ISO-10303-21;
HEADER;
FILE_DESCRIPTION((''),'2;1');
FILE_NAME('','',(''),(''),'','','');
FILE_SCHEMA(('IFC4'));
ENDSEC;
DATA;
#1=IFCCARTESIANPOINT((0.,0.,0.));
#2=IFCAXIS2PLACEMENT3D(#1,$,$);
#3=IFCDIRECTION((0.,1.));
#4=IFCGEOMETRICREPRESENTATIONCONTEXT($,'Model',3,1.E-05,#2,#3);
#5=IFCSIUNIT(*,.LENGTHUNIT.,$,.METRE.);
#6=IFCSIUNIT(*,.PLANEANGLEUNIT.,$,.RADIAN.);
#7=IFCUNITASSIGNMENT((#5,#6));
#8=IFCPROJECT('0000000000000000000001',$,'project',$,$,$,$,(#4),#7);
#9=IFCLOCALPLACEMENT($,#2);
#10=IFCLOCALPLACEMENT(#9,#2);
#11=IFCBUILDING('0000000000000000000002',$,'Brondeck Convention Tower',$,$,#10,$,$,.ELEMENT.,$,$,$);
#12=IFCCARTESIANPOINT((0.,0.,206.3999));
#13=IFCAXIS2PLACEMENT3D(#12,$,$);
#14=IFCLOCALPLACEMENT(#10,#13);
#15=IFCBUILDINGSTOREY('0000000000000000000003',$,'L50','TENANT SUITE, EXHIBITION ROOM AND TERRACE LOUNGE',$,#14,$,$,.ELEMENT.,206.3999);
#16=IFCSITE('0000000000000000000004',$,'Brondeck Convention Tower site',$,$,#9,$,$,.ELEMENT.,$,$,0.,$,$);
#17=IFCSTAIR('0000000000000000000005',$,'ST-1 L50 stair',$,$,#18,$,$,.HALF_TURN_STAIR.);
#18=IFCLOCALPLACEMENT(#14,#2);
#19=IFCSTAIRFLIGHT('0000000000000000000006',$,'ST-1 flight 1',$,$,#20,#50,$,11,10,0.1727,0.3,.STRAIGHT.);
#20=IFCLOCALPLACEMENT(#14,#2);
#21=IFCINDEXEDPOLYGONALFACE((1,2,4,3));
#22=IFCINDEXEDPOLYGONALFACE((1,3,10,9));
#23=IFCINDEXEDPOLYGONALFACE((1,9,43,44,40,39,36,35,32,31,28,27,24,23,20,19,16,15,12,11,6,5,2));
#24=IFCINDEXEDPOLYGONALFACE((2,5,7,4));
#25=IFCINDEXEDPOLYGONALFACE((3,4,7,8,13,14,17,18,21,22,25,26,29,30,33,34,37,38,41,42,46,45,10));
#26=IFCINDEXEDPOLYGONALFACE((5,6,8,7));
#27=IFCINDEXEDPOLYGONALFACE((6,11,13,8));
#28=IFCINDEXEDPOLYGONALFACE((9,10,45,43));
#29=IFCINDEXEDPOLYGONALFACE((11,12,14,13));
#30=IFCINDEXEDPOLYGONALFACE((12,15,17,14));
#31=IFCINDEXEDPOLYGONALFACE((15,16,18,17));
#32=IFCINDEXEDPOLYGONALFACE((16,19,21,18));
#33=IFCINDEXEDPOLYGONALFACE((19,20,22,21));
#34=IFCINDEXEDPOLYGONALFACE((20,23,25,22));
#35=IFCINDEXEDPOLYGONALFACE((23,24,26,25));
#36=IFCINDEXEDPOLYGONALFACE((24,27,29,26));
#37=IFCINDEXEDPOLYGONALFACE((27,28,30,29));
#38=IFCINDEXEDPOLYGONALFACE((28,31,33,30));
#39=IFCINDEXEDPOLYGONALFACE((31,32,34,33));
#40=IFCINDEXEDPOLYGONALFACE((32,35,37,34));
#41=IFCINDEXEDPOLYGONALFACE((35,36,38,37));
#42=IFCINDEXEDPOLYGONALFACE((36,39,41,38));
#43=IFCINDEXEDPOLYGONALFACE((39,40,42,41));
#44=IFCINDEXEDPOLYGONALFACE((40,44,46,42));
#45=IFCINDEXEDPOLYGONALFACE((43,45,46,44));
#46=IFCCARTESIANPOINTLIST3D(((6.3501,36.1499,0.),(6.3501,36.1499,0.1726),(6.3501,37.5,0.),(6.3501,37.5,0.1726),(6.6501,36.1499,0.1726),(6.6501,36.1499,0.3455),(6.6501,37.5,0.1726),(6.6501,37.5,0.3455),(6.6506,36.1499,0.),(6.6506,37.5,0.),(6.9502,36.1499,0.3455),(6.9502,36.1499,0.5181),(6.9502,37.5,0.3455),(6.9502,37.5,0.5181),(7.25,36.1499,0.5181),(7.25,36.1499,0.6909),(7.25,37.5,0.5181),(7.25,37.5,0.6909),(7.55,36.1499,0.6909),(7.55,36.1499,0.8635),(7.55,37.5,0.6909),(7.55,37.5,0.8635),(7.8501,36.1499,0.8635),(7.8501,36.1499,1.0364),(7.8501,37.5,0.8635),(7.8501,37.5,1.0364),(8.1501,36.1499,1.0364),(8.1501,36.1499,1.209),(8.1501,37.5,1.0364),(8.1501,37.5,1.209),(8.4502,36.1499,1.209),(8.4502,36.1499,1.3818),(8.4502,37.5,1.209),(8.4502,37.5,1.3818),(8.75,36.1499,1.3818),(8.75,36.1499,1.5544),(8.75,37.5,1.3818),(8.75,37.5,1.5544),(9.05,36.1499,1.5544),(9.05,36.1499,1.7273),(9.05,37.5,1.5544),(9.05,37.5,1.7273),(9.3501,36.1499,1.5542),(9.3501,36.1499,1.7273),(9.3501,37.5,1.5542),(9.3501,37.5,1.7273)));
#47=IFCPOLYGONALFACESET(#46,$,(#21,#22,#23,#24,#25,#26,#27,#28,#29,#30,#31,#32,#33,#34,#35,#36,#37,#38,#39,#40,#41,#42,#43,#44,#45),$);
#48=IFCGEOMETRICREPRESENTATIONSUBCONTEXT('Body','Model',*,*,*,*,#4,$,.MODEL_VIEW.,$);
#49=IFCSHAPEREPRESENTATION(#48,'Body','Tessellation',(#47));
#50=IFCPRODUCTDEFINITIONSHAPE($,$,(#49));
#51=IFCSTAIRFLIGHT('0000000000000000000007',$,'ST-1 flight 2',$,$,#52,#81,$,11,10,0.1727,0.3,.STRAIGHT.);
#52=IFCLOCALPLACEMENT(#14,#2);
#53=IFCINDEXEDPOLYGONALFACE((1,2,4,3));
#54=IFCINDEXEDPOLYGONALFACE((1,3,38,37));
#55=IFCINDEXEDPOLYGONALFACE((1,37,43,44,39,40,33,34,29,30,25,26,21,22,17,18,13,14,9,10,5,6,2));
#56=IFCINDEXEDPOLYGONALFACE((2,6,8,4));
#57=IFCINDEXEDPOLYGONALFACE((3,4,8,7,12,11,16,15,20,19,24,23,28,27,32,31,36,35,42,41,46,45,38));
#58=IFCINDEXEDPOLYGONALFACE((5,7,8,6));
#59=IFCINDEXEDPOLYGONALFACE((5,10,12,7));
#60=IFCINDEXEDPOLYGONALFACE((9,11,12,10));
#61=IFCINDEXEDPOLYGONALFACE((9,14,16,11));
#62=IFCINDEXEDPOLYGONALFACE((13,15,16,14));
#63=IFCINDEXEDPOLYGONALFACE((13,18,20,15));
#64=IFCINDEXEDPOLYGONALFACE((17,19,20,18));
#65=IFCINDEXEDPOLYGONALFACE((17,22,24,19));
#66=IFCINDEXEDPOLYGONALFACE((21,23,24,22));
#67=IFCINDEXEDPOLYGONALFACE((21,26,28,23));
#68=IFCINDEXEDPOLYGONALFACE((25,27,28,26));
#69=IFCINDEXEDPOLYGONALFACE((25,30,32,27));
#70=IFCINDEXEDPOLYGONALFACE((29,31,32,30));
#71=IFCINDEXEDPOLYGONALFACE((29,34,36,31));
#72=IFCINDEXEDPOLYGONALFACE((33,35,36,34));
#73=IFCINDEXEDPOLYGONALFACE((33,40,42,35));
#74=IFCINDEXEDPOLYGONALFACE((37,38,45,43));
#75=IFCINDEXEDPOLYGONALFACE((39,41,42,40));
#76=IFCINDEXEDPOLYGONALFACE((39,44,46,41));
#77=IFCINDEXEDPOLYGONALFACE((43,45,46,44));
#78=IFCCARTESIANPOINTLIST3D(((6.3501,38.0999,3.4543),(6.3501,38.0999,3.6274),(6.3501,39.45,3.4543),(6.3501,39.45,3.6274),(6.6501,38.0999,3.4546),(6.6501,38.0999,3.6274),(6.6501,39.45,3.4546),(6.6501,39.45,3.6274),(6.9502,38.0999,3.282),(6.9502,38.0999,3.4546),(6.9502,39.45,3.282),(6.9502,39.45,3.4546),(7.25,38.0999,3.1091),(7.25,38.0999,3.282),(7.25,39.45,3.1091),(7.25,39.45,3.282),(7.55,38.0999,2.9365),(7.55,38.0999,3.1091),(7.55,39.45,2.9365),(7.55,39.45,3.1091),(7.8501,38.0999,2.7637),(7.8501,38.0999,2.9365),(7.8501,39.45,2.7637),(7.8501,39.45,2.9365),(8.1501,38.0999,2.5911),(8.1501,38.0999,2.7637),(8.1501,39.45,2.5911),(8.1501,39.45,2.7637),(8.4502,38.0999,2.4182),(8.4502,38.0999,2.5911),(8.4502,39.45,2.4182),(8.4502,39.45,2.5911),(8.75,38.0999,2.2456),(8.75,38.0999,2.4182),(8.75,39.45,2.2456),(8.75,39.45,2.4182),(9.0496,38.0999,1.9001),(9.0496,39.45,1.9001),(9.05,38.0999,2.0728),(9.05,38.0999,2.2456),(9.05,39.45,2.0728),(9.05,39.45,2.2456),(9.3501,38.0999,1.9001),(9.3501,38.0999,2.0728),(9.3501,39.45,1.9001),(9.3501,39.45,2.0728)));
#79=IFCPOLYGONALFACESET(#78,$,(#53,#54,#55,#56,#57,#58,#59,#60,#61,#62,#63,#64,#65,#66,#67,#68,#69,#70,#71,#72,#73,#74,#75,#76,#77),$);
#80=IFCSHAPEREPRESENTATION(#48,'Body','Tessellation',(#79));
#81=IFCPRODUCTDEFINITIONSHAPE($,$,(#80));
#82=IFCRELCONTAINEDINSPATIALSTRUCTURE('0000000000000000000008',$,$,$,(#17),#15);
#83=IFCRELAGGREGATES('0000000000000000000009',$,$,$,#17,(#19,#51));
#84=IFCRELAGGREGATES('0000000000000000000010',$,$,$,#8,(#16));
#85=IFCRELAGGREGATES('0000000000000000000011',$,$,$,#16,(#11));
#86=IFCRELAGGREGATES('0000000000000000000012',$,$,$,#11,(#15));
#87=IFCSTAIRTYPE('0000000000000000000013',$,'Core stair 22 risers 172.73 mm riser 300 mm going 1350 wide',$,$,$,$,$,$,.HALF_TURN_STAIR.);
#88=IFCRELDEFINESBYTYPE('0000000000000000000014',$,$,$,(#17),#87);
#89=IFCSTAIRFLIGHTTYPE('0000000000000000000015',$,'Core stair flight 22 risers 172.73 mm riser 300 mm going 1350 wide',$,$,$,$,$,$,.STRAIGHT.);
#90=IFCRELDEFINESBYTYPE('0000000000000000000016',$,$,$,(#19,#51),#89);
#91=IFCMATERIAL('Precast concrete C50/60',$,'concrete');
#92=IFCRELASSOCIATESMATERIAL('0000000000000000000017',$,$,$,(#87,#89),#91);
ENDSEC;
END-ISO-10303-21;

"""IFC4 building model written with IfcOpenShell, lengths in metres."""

from ifc_helpers import new_model, si_unit, direction, frame, origin, place, context, subcontext, project, spatial, polyline, outline, extrude, material, type_object, element, aggregate, save


model = new_model("IFC4")

# Units and contexts
model_context = context("Model", 3, precision=1e-05, world=origin(), true_north=direction((0.0, 1.0)))
body_context = subcontext(model_context, "Body", "Model", "MODEL_VIEW")
ifc_project = project(units=[si_unit("LENGTHUNIT", "METRE"), si_unit("PLANEANGLEUNIT", "RADIAN")], contexts=[model_context])

# Site, building, storey
site_placement = place(None, origin())
site = spatial("IfcSite", under=ifc_project, at=site_placement, Name="Brondeck Convention Tower site", CompositionType="ELEMENT", RefElevation=0.0)
building_placement = place(site_placement, origin())
building = spatial("IfcBuilding", under=site, at=building_placement, Name="Brondeck Convention Tower", CompositionType="ELEMENT")
storey_placement = place(building_placement, frame((0.0, 0.0, 206.3999)))
storey = spatial("IfcBuildingStorey", under=building, at=storey_placement, Name="L50", Description="TENANT SUITE, EXHIBITION ROOM AND TERRACE LOUNGE", CompositionType="ELEMENT", Elevation=206.3999)

# Stair, stair flights
ifc_material_1 = material(Name="Precast concrete C50/60", Category="concrete")
stair_type = type_object("IfcStairType", Name="Core stair 22 risers 172.73 mm riser 300 mm going 1350 wide", PredefinedType="HALF_TURN_STAIR", material=ifc_material_1)
stair_placement = place(storey_placement, origin())
stair = element("IfcStair", 1, at=stair_placement, inside=storey, type_object=stair_type, Name="ST-1 L50 stair", PredefinedType="HALF_TURN_STAIR")
stair_flight_type = type_object("IfcStairFlightType", Name="Core stair flight 22 risers 172.73 mm riser 300 mm going 1350 wide", PredefinedType="STRAIGHT", material=ifc_material_1)
stair_flight_1_placement = place(storey_placement, frame((6.3501, 36.825, 0.0), z_axis=(0.0, 0.0, 1.0), x_axis=(1.0, 0.0, 0.0)))
stair_flight_1 = element("IfcStairFlight", 2, at=stair_flight_1_placement, type_object=stair_flight_type, Name="ST-1 flight 1", NumberOfRisers=11, NumberOfTreads=10, PredefinedType="STRAIGHT", RiserHeight=0.1727, TreadLength=0.3, context=body_context, shape_type="SweptSolid", body=[
    extrude(outline(polyline([(0.0, 0.0), (0.0, 0.1726), (0.3, 0.1726), (0.3, 0.3455), (0.6001, 0.3455), (0.6001, 0.5181), (0.8999, 0.5181), (0.8999, 0.6909), (1.2, 0.6909), (1.2, 0.8635), (1.5, 0.8635), (1.5, 1.0364), (1.8, 1.0364), (1.8, 1.209), (2.1001, 1.209), (2.1001, 1.3818), (2.3999, 1.3818), (2.3999, 1.5544), (2.7, 1.5544), (2.7, 1.7273), (3.0, 1.7273), (3.0, 1.8999), (3.0, 1.5542), (0.3005, 0.0), (0.0, 0.0)])), frame((0.0, 0.675, 0.0), z_axis=(0.0, -1.0, 0.0), x_axis=(1.0, 0.0, 0.0)), (0.0, 0.0, 1.0), 1.3501),
])
stair_flight_2_placement = place(storey_placement, frame((9.3501, 38.7749, 1.9001), z_axis=(0.0, 0.0, 1.0), x_axis=(-1.0, 0.0, 0.0)))
stair_flight_2 = element("IfcStairFlight", 3, at=stair_flight_2_placement, type_object=stair_flight_type, Name="ST-1 flight 2", NumberOfRisers=11, NumberOfTreads=10, PredefinedType="STRAIGHT", RiserHeight=0.1727, TreadLength=0.3, context=body_context, shape_type="SweptSolid", body=[
    extrude(outline(polyline([(0.0, 0.0), (0.0, 0.1726), (0.3, 0.1726), (0.3, 0.3455), (0.6001, 0.3455), (0.6001, 0.5181), (0.8999, 0.5181), (0.8999, 0.6909), (1.2, 0.6909), (1.2, 0.8635), (1.5, 0.8635), (1.5, 1.0364), (1.8, 1.0364), (1.8, 1.209), (2.1001, 1.209), (2.1001, 1.3818), (2.3999, 1.3818), (2.3999, 1.5544), (2.7, 1.5544), (2.7, 1.7273), (3.0, 1.7273), (3.0, 1.8999), (3.0, 1.5542), (0.3005, 0.0), (0.0, 0.0)])), frame((0.0, 0.675, 0.0), z_axis=(0.0, -1.0, 0.0), x_axis=(1.0, 0.0, 0.0)), (0.0, 0.0, 1.0), 1.3501),
])
aggregate(stair, [stair_flight_1, stair_flight_2])

save(model, "model.ifc")
